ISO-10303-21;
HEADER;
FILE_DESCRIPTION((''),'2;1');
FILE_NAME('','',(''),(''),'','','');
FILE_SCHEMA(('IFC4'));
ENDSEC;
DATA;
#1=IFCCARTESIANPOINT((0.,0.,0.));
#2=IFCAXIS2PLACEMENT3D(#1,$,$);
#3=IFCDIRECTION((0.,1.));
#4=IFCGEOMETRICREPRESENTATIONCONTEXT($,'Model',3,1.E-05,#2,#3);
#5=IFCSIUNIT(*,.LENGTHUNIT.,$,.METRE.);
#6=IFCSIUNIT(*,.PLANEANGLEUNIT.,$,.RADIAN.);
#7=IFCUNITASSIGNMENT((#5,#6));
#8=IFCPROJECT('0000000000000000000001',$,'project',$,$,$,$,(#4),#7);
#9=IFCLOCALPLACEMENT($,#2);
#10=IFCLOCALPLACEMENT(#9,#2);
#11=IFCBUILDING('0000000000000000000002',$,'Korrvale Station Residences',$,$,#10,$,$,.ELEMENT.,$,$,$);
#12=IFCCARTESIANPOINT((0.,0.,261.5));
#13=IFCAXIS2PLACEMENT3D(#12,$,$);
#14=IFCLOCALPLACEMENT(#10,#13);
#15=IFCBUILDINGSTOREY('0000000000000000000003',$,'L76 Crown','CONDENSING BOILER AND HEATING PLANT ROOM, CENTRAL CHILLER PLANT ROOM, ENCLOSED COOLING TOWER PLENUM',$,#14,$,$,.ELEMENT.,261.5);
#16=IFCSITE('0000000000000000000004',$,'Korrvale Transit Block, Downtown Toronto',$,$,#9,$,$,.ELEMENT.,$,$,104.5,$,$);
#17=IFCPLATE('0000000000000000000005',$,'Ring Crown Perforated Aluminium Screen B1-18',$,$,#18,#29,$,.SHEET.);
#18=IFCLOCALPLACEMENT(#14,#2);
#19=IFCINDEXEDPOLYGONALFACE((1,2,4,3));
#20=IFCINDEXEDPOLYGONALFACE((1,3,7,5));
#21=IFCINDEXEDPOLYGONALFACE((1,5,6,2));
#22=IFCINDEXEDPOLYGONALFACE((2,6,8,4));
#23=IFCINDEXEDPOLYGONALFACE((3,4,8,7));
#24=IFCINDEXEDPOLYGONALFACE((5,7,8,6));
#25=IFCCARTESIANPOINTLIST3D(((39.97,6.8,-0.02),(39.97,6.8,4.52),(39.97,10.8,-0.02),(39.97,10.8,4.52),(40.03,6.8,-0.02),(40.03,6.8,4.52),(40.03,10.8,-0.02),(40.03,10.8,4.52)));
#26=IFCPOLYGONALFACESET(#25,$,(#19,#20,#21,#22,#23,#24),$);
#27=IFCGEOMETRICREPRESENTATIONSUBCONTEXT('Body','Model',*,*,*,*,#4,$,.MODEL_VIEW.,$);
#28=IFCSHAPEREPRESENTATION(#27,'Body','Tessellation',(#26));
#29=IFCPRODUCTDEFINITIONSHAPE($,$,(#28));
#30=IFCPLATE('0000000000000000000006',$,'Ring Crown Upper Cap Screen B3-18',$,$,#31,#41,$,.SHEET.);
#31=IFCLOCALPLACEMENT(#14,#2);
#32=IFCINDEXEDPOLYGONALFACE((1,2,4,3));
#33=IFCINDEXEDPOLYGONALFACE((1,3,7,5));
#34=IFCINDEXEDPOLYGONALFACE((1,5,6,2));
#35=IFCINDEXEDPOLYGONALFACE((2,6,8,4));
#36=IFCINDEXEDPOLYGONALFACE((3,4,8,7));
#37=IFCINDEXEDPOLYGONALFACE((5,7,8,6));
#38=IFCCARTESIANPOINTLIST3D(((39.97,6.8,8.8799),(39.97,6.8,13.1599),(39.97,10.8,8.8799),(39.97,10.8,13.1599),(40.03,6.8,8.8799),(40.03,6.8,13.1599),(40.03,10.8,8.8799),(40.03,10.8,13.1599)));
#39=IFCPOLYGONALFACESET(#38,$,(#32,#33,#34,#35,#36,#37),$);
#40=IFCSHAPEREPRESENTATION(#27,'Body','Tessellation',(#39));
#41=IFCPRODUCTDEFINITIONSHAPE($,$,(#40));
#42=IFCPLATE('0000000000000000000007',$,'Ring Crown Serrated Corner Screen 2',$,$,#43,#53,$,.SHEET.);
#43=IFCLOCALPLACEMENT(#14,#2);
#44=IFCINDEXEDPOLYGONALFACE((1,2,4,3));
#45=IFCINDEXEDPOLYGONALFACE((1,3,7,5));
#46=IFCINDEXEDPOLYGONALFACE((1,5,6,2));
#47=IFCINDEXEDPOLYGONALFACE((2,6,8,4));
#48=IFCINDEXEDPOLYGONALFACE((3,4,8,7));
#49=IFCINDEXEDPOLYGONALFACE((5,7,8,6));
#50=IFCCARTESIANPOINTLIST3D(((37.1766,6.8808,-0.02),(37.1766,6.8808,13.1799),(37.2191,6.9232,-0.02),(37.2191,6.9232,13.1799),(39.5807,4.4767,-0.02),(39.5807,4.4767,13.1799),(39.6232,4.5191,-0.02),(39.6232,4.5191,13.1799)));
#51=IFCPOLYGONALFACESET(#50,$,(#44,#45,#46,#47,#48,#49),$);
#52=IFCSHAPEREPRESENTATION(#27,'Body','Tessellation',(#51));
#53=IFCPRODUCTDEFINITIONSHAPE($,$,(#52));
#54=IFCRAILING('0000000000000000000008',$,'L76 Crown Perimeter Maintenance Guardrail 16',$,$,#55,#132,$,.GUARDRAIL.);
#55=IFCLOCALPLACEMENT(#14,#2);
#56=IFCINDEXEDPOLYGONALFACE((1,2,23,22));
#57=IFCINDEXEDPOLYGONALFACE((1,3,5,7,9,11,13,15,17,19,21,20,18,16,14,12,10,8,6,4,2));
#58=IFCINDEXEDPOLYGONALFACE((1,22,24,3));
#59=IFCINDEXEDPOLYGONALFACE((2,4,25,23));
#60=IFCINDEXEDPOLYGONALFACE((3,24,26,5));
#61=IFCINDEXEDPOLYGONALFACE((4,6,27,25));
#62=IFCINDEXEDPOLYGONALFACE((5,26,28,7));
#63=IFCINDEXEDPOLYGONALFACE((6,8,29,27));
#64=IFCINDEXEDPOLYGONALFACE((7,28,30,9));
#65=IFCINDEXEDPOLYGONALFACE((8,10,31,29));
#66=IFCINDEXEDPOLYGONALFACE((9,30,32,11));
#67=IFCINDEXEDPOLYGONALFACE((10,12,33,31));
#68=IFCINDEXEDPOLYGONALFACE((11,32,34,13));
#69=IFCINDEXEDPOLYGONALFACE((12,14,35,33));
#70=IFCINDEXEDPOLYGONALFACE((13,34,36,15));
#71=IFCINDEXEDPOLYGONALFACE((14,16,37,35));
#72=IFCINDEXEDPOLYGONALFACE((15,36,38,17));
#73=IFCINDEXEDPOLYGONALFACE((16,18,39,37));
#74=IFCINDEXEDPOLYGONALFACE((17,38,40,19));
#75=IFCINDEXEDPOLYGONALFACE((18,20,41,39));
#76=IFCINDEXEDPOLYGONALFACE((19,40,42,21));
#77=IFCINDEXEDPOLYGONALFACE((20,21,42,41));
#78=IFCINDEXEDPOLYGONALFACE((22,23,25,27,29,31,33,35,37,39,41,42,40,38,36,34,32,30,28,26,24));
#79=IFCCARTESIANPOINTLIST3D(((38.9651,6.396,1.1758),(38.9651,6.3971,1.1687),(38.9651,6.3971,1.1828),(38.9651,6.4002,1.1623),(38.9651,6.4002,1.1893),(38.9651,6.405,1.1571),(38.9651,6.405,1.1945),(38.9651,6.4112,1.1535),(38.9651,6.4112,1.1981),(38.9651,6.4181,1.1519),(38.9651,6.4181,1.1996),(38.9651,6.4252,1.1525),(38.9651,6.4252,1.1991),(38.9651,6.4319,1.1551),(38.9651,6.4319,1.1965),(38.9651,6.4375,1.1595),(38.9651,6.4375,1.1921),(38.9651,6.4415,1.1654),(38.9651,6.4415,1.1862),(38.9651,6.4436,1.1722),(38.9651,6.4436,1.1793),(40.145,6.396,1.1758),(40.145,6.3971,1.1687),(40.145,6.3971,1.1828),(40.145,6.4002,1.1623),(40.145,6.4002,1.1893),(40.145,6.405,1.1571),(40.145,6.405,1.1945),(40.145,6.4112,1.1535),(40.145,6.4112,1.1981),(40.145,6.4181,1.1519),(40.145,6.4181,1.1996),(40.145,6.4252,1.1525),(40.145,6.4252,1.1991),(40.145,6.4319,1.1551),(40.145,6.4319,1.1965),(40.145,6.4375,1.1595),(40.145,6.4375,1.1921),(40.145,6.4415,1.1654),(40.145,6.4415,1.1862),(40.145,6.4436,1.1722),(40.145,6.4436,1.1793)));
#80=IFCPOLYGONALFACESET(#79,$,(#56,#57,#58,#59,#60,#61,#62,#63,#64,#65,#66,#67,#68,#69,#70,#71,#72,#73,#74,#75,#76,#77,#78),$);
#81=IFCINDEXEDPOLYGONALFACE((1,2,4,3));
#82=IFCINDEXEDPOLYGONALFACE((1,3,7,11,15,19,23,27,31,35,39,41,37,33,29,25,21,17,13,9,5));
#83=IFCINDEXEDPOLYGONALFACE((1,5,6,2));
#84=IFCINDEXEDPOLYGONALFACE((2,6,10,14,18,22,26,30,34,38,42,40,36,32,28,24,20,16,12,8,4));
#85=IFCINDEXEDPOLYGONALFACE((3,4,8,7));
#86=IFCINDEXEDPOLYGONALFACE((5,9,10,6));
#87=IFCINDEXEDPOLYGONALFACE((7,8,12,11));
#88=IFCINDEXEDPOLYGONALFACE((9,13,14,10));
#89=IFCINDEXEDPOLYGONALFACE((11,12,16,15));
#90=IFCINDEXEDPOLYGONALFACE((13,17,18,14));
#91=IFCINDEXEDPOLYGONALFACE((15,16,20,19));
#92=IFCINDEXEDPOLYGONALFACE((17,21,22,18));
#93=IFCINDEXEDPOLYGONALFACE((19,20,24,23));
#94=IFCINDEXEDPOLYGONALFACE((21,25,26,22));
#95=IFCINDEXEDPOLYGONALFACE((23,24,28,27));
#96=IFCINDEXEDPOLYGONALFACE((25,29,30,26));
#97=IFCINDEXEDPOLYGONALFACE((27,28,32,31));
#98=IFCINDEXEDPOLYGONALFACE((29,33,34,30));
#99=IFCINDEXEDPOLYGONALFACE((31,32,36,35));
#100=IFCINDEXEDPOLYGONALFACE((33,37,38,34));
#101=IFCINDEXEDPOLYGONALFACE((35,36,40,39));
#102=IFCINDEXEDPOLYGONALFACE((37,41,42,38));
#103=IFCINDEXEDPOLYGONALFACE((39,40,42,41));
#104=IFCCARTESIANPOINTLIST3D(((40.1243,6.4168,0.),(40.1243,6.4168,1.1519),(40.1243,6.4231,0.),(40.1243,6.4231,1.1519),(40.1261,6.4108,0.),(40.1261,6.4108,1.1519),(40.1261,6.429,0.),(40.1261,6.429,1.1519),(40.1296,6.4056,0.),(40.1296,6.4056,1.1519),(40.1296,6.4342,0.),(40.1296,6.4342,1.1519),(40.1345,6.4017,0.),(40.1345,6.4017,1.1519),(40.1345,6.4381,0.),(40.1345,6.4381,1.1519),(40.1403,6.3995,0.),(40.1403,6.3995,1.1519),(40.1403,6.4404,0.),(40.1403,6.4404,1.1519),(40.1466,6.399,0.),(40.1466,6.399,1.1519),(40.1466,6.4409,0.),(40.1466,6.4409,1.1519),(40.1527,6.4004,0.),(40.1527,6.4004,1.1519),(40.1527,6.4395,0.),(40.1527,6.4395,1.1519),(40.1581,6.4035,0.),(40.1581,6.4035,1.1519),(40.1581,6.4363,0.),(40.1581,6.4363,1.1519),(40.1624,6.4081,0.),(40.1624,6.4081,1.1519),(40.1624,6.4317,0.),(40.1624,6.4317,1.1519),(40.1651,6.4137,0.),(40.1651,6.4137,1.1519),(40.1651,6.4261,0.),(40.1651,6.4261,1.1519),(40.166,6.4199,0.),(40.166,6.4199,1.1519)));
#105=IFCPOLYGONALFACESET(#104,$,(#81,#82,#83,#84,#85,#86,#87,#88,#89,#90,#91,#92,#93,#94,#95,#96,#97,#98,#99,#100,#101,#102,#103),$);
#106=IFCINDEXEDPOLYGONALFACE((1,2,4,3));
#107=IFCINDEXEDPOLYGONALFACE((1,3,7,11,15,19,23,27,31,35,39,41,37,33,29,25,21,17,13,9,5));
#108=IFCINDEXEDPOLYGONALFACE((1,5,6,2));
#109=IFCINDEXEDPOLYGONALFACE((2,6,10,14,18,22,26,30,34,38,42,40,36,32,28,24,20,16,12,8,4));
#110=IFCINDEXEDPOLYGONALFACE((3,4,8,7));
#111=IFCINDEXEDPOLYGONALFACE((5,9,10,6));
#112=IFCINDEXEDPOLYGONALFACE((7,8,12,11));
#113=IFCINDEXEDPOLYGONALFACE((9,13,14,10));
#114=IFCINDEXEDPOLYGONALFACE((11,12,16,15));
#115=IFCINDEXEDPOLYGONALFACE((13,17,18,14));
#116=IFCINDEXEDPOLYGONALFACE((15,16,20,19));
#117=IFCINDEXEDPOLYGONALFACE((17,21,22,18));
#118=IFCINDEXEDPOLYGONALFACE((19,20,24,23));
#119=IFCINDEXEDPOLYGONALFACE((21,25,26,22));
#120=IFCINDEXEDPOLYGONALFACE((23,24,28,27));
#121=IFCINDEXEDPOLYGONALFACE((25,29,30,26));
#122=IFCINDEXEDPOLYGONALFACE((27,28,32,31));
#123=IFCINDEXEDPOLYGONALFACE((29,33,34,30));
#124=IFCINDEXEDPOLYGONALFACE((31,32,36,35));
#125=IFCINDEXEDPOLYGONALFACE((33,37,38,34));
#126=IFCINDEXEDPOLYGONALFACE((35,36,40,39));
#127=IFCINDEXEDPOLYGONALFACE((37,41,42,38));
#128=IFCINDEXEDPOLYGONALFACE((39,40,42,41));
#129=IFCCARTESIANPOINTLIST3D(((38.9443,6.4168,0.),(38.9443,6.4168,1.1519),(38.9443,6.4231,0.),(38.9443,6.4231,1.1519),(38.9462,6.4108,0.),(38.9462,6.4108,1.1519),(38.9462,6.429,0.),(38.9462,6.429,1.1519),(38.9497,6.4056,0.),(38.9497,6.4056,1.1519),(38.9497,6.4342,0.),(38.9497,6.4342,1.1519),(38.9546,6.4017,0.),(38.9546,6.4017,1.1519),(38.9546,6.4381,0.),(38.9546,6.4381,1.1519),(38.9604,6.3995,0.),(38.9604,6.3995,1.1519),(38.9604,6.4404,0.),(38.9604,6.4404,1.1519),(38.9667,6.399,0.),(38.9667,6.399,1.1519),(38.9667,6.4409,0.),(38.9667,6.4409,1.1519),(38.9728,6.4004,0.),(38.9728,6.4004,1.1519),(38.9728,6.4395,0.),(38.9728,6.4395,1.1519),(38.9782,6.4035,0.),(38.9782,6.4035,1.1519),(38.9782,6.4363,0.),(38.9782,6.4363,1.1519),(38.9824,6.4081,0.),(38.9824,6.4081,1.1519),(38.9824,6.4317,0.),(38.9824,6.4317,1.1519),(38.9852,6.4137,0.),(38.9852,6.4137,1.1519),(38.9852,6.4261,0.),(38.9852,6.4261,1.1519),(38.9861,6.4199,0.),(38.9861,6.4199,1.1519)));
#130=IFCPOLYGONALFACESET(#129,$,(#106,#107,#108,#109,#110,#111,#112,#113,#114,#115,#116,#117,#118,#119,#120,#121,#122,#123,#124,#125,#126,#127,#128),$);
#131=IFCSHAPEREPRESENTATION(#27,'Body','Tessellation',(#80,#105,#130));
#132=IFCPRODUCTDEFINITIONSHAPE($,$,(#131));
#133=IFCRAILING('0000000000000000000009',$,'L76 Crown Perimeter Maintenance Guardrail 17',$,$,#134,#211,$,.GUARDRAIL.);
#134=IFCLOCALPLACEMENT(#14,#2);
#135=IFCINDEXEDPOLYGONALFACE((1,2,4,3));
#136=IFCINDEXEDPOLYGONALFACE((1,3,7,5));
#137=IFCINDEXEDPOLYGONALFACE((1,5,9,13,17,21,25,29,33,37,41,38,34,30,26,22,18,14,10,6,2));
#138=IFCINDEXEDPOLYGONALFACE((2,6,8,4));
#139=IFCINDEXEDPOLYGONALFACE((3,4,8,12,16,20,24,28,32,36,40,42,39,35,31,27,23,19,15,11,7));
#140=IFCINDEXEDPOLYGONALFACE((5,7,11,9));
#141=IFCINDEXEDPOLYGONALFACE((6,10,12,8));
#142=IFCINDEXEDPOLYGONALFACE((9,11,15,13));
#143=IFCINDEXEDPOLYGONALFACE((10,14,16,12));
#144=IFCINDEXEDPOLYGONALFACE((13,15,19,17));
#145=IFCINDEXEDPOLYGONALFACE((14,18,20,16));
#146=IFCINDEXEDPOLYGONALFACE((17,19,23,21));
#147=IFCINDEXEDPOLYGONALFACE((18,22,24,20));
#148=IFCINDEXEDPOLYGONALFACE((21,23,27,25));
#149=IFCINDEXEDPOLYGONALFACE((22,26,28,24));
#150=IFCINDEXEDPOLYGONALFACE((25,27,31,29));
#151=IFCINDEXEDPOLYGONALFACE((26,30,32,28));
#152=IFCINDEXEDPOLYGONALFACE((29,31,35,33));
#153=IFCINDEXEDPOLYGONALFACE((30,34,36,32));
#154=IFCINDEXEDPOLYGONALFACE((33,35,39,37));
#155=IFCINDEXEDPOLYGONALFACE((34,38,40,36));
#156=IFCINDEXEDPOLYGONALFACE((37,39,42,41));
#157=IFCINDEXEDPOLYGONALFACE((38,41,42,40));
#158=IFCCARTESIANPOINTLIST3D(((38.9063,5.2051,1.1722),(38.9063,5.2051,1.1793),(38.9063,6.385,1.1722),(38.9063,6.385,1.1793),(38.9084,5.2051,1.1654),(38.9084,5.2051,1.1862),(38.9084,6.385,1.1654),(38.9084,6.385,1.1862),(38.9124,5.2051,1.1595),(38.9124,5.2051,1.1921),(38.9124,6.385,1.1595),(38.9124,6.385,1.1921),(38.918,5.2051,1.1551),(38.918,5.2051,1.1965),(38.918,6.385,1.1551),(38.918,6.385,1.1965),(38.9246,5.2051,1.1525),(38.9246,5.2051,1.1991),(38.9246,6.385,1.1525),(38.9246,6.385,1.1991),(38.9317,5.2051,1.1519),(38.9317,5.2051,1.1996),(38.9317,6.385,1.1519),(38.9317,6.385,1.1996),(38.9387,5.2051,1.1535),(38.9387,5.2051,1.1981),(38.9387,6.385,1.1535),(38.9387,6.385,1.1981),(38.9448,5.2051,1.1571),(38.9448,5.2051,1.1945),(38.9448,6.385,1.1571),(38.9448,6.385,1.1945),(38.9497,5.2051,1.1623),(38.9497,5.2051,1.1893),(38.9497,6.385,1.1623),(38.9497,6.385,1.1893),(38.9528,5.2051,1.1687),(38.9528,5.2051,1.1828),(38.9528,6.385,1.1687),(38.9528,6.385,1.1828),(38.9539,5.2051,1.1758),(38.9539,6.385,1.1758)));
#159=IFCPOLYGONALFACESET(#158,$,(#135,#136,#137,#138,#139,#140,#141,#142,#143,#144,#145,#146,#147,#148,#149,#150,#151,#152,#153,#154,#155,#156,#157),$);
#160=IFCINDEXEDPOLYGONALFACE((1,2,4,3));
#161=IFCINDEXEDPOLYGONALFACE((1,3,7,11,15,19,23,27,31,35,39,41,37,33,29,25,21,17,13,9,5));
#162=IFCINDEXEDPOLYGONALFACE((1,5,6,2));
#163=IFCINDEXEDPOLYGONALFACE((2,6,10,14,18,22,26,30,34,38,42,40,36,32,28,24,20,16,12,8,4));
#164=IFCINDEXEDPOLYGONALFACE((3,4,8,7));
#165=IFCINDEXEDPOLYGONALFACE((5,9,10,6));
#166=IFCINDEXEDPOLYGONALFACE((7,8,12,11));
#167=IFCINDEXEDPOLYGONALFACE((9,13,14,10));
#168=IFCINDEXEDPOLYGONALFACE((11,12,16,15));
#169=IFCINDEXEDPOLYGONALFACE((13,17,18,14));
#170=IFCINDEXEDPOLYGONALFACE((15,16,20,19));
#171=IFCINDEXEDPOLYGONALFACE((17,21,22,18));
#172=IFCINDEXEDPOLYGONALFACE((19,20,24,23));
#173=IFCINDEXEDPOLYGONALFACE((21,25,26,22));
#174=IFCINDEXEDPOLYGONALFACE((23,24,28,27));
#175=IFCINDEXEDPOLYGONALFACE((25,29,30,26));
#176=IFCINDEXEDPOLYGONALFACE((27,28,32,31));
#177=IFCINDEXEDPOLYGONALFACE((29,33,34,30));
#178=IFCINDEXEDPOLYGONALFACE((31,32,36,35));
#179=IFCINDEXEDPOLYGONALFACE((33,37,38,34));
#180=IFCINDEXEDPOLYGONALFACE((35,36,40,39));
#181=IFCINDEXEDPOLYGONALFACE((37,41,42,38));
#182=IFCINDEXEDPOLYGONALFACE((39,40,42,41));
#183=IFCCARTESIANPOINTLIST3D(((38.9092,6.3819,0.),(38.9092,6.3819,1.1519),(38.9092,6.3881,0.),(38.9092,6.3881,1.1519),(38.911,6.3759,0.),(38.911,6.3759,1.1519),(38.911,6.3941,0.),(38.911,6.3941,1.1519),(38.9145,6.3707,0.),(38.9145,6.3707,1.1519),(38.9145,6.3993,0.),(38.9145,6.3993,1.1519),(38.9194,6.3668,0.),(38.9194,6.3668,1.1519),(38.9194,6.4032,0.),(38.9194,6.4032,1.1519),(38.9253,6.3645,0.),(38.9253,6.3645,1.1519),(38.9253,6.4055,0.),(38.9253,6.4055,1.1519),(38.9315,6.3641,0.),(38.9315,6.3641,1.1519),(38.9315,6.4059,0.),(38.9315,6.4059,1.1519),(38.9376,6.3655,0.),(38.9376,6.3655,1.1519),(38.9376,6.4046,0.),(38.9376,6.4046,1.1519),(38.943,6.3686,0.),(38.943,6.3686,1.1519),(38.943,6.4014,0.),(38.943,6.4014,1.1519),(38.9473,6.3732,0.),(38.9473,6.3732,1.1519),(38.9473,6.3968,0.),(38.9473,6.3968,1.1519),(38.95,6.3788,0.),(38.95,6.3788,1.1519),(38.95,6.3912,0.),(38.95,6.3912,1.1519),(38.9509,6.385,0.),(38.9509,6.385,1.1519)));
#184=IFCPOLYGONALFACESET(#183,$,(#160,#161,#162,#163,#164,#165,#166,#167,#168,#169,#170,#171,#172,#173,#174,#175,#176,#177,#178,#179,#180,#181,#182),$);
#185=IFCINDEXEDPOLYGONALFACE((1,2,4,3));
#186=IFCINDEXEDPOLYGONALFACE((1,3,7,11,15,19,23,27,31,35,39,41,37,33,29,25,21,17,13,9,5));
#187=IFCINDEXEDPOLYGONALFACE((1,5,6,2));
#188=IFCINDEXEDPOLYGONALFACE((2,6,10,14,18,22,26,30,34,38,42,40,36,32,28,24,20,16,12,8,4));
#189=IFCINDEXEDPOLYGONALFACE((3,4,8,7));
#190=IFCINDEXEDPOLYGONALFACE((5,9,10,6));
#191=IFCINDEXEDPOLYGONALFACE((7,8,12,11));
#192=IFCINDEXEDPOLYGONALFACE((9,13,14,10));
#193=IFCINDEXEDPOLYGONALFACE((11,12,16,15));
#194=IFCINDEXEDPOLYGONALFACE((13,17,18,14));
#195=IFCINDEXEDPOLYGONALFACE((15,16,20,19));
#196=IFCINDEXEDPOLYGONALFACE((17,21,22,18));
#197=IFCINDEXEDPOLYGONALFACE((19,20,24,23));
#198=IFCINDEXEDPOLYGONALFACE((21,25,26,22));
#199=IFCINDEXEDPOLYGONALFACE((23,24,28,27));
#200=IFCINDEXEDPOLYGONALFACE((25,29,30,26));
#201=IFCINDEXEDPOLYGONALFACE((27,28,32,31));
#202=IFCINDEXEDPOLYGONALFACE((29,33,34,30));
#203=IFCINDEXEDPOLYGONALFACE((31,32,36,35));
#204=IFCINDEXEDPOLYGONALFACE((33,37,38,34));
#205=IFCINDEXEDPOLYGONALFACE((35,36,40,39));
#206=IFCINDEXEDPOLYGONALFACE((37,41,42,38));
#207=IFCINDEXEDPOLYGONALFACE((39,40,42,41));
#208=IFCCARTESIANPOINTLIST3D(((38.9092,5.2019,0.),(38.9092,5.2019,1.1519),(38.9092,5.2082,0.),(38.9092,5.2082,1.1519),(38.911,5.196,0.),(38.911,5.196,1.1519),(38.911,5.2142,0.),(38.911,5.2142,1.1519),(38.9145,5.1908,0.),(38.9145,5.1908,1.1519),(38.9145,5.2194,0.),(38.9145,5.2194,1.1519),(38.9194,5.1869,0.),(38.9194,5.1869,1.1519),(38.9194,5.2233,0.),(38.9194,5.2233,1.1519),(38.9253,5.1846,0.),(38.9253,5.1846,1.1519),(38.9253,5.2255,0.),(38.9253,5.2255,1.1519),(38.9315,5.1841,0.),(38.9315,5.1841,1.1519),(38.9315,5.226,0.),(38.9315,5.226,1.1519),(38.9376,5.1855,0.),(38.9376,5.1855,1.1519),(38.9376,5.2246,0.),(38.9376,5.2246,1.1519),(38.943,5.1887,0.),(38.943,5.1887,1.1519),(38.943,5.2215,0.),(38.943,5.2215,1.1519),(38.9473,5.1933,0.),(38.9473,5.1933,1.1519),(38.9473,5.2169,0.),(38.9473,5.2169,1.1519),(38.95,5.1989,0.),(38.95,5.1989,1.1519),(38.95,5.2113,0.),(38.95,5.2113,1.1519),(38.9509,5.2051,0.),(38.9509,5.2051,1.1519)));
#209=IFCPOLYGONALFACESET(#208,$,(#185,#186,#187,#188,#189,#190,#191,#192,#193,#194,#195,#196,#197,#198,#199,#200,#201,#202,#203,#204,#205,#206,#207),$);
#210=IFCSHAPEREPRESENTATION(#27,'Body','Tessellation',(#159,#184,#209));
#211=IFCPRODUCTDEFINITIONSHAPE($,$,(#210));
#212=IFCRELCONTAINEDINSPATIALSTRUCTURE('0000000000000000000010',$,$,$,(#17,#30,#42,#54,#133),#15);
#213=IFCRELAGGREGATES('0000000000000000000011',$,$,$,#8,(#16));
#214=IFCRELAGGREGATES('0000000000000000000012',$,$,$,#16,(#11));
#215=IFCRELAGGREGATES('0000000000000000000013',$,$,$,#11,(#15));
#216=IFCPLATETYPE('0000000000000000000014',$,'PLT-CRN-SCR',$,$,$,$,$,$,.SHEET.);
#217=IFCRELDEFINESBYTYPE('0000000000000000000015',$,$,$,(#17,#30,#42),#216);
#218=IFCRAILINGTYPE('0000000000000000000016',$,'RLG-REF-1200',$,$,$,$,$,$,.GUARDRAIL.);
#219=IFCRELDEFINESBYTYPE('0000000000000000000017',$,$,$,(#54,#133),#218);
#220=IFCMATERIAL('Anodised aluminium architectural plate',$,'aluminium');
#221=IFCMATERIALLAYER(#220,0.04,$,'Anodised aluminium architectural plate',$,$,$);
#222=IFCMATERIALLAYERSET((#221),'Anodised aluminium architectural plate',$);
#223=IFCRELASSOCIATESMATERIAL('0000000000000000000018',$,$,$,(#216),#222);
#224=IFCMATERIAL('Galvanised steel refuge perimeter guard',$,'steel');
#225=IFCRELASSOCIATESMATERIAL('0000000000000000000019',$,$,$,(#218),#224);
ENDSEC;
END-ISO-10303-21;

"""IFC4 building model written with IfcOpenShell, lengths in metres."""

from ifc_helpers import new_model, si_unit, direction, frame, origin, origin_2d, place, context, subcontext, project, spatial, rectangle, circle, extrude, material, layer, layer_set, type_object, element, save


model = new_model("IFC4")

# Units and contexts
model_context = context("Model", 3, precision=1e-05, world=origin(), true_north=direction((0.0, 1.0)))
body_context = subcontext(model_context, "Body", "Model", "MODEL_VIEW")
ifc_project = project(units=[si_unit("LENGTHUNIT", "METRE"), si_unit("PLANEANGLEUNIT", "RADIAN")], contexts=[model_context])

# Site, building, storey
site_placement = place(None, origin())
site = spatial("IfcSite", under=ifc_project, at=site_placement, Name="Korrvale Transit Block, Downtown Toronto", CompositionType="ELEMENT", RefElevation=104.5)
building_placement = place(site_placement, origin())
building = spatial("IfcBuilding", under=site, at=building_placement, Name="Korrvale Station Residences", CompositionType="ELEMENT")
storey_placement = place(building_placement, frame((0.0, 0.0, 261.5)))
storey = spatial("IfcBuildingStorey", under=building, at=storey_placement, Name="L76 Crown", Description="CONDENSING BOILER AND HEATING PLANT ROOM, CENTRAL CHILLER PLANT ROOM, ENCLOSED COOLING TOWER PLENUM", CompositionType="ELEMENT", Elevation=261.5)

# Plates
ifc_material_1 = material(Name="Anodised aluminium architectural plate", Category="aluminium")
ifc_layer_1 = layer(ifc_material_1, 0.04, Name="Anodised aluminium architectural plate")
ifc_layer_set_1 = layer_set([ifc_layer_1], Name="Anodised aluminium architectural plate")
plate_type_1 = type_object("IfcPlateType", Name="PLT-CRN-SCR", PredefinedType="SHEET", material=ifc_layer_set_1)
plate_1_placement = place(storey_placement, frame((40.0, 8.8, -0.02), z_axis=(0.0, 0.0, 1.0), x_axis=(0.0, 1.0, 0.0)))
element("IfcPlate", 1, at=plate_1_placement, inside=storey, type_object=plate_type_1, Name="Ring Crown Perforated Aluminium Screen B1-18", PredefinedType="SHEET", context=body_context, shape_type="SweptSolid", body=[
    extrude(rectangle(XDim=4.0, YDim=0.0601, at=origin_2d()), origin(), (0.0, 0.0, 1.0), 4.54),
])
plate_2_placement = place(storey_placement, frame((40.0, 8.8, 8.8799), z_axis=(0.0, 0.0, 1.0), x_axis=(0.0, 1.0, 0.0)))
element("IfcPlate", 2, at=plate_2_placement, inside=storey, type_object=plate_type_1, Name="Ring Crown Upper Cap Screen B3-18", PredefinedType="SHEET", context=body_context, shape_type="SweptSolid", body=[
    extrude(rectangle(XDim=4.0, YDim=0.0601, at=origin_2d()), origin(), (0.0, 0.0, 1.0), 4.28),
])
plate_3_placement = place(storey_placement, frame((38.3999, 5.7, -0.02), z_axis=(0.0, 0.0, 1.0), x_axis=(0.707107, -0.707107, 0.0)))
element("IfcPlate", 3, at=plate_3_placement, inside=storey, type_object=plate_type_1, Name="Ring Crown Serrated Corner Screen 2", PredefinedType="SHEET", context=body_context, shape_type="SweptSolid", body=[
    extrude(rectangle(XDim=3.3999, YDim=0.0601, at=origin_2d()), origin(), (0.0, 0.0, 1.0), 13.2),
])

# Railings
ifc_material_2 = material(Name="Galvanised steel refuge perimeter guard", Category="steel")
railing_type = type_object("IfcRailingType", Name="RLG-REF-1200", PredefinedType="GUARDRAIL", material=ifc_material_2)
railing_1_placement = place(storey_placement, frame((40.145, 6.4199, 0.0)))
element("IfcRailing", 4, at=railing_1_placement, inside=storey, type_object=railing_type, Name="L76 Crown Perimeter Maintenance Guardrail 16", PredefinedType="GUARDRAIL", context=body_context, shape_type="SweptSolid", body=[
    extrude(circle(Radius=0.0239, at=origin_2d()), frame((0.0, 0.0, 1.1758), z_axis=(-1.0, 0.0, 0.0), x_axis=(0.0, -1.0, 0.0)), (0.0, 0.0, 1.0), 1.1799),
    extrude(circle(Radius=0.021, at=origin_2d()), origin(), (0.0, 0.0, 1.0), 1.1519),
    extrude(circle(Radius=0.021, at=origin_2d()), frame((-1.1799, 0.0, 0.0)), (0.0, 0.0, 1.0), 1.1519),
])
railing_2_placement = place(storey_placement, frame((38.9299, 6.385, 0.0)))
element("IfcRailing", 5, at=railing_2_placement, inside=storey, type_object=railing_type, Name="L76 Crown Perimeter Maintenance Guardrail 17", PredefinedType="GUARDRAIL", context=body_context, shape_type="SweptSolid", body=[
    extrude(circle(Radius=0.0239, at=origin_2d()), frame((0.0, 0.0, 1.1758), z_axis=(0.0, -1.0, 0.0), x_axis=(1.0, 0.0, 0.0)), (0.0, 0.0, 1.0), 1.1799),
    extrude(circle(Radius=0.021, at=origin_2d()), origin(), (0.0, 0.0, 1.0), 1.1519),
    extrude(circle(Radius=0.021, at=origin_2d()), frame((0.0, -1.1799, 0.0)), (0.0, 0.0, 1.0), 1.1519),
])

save(model, "model.ifc")
